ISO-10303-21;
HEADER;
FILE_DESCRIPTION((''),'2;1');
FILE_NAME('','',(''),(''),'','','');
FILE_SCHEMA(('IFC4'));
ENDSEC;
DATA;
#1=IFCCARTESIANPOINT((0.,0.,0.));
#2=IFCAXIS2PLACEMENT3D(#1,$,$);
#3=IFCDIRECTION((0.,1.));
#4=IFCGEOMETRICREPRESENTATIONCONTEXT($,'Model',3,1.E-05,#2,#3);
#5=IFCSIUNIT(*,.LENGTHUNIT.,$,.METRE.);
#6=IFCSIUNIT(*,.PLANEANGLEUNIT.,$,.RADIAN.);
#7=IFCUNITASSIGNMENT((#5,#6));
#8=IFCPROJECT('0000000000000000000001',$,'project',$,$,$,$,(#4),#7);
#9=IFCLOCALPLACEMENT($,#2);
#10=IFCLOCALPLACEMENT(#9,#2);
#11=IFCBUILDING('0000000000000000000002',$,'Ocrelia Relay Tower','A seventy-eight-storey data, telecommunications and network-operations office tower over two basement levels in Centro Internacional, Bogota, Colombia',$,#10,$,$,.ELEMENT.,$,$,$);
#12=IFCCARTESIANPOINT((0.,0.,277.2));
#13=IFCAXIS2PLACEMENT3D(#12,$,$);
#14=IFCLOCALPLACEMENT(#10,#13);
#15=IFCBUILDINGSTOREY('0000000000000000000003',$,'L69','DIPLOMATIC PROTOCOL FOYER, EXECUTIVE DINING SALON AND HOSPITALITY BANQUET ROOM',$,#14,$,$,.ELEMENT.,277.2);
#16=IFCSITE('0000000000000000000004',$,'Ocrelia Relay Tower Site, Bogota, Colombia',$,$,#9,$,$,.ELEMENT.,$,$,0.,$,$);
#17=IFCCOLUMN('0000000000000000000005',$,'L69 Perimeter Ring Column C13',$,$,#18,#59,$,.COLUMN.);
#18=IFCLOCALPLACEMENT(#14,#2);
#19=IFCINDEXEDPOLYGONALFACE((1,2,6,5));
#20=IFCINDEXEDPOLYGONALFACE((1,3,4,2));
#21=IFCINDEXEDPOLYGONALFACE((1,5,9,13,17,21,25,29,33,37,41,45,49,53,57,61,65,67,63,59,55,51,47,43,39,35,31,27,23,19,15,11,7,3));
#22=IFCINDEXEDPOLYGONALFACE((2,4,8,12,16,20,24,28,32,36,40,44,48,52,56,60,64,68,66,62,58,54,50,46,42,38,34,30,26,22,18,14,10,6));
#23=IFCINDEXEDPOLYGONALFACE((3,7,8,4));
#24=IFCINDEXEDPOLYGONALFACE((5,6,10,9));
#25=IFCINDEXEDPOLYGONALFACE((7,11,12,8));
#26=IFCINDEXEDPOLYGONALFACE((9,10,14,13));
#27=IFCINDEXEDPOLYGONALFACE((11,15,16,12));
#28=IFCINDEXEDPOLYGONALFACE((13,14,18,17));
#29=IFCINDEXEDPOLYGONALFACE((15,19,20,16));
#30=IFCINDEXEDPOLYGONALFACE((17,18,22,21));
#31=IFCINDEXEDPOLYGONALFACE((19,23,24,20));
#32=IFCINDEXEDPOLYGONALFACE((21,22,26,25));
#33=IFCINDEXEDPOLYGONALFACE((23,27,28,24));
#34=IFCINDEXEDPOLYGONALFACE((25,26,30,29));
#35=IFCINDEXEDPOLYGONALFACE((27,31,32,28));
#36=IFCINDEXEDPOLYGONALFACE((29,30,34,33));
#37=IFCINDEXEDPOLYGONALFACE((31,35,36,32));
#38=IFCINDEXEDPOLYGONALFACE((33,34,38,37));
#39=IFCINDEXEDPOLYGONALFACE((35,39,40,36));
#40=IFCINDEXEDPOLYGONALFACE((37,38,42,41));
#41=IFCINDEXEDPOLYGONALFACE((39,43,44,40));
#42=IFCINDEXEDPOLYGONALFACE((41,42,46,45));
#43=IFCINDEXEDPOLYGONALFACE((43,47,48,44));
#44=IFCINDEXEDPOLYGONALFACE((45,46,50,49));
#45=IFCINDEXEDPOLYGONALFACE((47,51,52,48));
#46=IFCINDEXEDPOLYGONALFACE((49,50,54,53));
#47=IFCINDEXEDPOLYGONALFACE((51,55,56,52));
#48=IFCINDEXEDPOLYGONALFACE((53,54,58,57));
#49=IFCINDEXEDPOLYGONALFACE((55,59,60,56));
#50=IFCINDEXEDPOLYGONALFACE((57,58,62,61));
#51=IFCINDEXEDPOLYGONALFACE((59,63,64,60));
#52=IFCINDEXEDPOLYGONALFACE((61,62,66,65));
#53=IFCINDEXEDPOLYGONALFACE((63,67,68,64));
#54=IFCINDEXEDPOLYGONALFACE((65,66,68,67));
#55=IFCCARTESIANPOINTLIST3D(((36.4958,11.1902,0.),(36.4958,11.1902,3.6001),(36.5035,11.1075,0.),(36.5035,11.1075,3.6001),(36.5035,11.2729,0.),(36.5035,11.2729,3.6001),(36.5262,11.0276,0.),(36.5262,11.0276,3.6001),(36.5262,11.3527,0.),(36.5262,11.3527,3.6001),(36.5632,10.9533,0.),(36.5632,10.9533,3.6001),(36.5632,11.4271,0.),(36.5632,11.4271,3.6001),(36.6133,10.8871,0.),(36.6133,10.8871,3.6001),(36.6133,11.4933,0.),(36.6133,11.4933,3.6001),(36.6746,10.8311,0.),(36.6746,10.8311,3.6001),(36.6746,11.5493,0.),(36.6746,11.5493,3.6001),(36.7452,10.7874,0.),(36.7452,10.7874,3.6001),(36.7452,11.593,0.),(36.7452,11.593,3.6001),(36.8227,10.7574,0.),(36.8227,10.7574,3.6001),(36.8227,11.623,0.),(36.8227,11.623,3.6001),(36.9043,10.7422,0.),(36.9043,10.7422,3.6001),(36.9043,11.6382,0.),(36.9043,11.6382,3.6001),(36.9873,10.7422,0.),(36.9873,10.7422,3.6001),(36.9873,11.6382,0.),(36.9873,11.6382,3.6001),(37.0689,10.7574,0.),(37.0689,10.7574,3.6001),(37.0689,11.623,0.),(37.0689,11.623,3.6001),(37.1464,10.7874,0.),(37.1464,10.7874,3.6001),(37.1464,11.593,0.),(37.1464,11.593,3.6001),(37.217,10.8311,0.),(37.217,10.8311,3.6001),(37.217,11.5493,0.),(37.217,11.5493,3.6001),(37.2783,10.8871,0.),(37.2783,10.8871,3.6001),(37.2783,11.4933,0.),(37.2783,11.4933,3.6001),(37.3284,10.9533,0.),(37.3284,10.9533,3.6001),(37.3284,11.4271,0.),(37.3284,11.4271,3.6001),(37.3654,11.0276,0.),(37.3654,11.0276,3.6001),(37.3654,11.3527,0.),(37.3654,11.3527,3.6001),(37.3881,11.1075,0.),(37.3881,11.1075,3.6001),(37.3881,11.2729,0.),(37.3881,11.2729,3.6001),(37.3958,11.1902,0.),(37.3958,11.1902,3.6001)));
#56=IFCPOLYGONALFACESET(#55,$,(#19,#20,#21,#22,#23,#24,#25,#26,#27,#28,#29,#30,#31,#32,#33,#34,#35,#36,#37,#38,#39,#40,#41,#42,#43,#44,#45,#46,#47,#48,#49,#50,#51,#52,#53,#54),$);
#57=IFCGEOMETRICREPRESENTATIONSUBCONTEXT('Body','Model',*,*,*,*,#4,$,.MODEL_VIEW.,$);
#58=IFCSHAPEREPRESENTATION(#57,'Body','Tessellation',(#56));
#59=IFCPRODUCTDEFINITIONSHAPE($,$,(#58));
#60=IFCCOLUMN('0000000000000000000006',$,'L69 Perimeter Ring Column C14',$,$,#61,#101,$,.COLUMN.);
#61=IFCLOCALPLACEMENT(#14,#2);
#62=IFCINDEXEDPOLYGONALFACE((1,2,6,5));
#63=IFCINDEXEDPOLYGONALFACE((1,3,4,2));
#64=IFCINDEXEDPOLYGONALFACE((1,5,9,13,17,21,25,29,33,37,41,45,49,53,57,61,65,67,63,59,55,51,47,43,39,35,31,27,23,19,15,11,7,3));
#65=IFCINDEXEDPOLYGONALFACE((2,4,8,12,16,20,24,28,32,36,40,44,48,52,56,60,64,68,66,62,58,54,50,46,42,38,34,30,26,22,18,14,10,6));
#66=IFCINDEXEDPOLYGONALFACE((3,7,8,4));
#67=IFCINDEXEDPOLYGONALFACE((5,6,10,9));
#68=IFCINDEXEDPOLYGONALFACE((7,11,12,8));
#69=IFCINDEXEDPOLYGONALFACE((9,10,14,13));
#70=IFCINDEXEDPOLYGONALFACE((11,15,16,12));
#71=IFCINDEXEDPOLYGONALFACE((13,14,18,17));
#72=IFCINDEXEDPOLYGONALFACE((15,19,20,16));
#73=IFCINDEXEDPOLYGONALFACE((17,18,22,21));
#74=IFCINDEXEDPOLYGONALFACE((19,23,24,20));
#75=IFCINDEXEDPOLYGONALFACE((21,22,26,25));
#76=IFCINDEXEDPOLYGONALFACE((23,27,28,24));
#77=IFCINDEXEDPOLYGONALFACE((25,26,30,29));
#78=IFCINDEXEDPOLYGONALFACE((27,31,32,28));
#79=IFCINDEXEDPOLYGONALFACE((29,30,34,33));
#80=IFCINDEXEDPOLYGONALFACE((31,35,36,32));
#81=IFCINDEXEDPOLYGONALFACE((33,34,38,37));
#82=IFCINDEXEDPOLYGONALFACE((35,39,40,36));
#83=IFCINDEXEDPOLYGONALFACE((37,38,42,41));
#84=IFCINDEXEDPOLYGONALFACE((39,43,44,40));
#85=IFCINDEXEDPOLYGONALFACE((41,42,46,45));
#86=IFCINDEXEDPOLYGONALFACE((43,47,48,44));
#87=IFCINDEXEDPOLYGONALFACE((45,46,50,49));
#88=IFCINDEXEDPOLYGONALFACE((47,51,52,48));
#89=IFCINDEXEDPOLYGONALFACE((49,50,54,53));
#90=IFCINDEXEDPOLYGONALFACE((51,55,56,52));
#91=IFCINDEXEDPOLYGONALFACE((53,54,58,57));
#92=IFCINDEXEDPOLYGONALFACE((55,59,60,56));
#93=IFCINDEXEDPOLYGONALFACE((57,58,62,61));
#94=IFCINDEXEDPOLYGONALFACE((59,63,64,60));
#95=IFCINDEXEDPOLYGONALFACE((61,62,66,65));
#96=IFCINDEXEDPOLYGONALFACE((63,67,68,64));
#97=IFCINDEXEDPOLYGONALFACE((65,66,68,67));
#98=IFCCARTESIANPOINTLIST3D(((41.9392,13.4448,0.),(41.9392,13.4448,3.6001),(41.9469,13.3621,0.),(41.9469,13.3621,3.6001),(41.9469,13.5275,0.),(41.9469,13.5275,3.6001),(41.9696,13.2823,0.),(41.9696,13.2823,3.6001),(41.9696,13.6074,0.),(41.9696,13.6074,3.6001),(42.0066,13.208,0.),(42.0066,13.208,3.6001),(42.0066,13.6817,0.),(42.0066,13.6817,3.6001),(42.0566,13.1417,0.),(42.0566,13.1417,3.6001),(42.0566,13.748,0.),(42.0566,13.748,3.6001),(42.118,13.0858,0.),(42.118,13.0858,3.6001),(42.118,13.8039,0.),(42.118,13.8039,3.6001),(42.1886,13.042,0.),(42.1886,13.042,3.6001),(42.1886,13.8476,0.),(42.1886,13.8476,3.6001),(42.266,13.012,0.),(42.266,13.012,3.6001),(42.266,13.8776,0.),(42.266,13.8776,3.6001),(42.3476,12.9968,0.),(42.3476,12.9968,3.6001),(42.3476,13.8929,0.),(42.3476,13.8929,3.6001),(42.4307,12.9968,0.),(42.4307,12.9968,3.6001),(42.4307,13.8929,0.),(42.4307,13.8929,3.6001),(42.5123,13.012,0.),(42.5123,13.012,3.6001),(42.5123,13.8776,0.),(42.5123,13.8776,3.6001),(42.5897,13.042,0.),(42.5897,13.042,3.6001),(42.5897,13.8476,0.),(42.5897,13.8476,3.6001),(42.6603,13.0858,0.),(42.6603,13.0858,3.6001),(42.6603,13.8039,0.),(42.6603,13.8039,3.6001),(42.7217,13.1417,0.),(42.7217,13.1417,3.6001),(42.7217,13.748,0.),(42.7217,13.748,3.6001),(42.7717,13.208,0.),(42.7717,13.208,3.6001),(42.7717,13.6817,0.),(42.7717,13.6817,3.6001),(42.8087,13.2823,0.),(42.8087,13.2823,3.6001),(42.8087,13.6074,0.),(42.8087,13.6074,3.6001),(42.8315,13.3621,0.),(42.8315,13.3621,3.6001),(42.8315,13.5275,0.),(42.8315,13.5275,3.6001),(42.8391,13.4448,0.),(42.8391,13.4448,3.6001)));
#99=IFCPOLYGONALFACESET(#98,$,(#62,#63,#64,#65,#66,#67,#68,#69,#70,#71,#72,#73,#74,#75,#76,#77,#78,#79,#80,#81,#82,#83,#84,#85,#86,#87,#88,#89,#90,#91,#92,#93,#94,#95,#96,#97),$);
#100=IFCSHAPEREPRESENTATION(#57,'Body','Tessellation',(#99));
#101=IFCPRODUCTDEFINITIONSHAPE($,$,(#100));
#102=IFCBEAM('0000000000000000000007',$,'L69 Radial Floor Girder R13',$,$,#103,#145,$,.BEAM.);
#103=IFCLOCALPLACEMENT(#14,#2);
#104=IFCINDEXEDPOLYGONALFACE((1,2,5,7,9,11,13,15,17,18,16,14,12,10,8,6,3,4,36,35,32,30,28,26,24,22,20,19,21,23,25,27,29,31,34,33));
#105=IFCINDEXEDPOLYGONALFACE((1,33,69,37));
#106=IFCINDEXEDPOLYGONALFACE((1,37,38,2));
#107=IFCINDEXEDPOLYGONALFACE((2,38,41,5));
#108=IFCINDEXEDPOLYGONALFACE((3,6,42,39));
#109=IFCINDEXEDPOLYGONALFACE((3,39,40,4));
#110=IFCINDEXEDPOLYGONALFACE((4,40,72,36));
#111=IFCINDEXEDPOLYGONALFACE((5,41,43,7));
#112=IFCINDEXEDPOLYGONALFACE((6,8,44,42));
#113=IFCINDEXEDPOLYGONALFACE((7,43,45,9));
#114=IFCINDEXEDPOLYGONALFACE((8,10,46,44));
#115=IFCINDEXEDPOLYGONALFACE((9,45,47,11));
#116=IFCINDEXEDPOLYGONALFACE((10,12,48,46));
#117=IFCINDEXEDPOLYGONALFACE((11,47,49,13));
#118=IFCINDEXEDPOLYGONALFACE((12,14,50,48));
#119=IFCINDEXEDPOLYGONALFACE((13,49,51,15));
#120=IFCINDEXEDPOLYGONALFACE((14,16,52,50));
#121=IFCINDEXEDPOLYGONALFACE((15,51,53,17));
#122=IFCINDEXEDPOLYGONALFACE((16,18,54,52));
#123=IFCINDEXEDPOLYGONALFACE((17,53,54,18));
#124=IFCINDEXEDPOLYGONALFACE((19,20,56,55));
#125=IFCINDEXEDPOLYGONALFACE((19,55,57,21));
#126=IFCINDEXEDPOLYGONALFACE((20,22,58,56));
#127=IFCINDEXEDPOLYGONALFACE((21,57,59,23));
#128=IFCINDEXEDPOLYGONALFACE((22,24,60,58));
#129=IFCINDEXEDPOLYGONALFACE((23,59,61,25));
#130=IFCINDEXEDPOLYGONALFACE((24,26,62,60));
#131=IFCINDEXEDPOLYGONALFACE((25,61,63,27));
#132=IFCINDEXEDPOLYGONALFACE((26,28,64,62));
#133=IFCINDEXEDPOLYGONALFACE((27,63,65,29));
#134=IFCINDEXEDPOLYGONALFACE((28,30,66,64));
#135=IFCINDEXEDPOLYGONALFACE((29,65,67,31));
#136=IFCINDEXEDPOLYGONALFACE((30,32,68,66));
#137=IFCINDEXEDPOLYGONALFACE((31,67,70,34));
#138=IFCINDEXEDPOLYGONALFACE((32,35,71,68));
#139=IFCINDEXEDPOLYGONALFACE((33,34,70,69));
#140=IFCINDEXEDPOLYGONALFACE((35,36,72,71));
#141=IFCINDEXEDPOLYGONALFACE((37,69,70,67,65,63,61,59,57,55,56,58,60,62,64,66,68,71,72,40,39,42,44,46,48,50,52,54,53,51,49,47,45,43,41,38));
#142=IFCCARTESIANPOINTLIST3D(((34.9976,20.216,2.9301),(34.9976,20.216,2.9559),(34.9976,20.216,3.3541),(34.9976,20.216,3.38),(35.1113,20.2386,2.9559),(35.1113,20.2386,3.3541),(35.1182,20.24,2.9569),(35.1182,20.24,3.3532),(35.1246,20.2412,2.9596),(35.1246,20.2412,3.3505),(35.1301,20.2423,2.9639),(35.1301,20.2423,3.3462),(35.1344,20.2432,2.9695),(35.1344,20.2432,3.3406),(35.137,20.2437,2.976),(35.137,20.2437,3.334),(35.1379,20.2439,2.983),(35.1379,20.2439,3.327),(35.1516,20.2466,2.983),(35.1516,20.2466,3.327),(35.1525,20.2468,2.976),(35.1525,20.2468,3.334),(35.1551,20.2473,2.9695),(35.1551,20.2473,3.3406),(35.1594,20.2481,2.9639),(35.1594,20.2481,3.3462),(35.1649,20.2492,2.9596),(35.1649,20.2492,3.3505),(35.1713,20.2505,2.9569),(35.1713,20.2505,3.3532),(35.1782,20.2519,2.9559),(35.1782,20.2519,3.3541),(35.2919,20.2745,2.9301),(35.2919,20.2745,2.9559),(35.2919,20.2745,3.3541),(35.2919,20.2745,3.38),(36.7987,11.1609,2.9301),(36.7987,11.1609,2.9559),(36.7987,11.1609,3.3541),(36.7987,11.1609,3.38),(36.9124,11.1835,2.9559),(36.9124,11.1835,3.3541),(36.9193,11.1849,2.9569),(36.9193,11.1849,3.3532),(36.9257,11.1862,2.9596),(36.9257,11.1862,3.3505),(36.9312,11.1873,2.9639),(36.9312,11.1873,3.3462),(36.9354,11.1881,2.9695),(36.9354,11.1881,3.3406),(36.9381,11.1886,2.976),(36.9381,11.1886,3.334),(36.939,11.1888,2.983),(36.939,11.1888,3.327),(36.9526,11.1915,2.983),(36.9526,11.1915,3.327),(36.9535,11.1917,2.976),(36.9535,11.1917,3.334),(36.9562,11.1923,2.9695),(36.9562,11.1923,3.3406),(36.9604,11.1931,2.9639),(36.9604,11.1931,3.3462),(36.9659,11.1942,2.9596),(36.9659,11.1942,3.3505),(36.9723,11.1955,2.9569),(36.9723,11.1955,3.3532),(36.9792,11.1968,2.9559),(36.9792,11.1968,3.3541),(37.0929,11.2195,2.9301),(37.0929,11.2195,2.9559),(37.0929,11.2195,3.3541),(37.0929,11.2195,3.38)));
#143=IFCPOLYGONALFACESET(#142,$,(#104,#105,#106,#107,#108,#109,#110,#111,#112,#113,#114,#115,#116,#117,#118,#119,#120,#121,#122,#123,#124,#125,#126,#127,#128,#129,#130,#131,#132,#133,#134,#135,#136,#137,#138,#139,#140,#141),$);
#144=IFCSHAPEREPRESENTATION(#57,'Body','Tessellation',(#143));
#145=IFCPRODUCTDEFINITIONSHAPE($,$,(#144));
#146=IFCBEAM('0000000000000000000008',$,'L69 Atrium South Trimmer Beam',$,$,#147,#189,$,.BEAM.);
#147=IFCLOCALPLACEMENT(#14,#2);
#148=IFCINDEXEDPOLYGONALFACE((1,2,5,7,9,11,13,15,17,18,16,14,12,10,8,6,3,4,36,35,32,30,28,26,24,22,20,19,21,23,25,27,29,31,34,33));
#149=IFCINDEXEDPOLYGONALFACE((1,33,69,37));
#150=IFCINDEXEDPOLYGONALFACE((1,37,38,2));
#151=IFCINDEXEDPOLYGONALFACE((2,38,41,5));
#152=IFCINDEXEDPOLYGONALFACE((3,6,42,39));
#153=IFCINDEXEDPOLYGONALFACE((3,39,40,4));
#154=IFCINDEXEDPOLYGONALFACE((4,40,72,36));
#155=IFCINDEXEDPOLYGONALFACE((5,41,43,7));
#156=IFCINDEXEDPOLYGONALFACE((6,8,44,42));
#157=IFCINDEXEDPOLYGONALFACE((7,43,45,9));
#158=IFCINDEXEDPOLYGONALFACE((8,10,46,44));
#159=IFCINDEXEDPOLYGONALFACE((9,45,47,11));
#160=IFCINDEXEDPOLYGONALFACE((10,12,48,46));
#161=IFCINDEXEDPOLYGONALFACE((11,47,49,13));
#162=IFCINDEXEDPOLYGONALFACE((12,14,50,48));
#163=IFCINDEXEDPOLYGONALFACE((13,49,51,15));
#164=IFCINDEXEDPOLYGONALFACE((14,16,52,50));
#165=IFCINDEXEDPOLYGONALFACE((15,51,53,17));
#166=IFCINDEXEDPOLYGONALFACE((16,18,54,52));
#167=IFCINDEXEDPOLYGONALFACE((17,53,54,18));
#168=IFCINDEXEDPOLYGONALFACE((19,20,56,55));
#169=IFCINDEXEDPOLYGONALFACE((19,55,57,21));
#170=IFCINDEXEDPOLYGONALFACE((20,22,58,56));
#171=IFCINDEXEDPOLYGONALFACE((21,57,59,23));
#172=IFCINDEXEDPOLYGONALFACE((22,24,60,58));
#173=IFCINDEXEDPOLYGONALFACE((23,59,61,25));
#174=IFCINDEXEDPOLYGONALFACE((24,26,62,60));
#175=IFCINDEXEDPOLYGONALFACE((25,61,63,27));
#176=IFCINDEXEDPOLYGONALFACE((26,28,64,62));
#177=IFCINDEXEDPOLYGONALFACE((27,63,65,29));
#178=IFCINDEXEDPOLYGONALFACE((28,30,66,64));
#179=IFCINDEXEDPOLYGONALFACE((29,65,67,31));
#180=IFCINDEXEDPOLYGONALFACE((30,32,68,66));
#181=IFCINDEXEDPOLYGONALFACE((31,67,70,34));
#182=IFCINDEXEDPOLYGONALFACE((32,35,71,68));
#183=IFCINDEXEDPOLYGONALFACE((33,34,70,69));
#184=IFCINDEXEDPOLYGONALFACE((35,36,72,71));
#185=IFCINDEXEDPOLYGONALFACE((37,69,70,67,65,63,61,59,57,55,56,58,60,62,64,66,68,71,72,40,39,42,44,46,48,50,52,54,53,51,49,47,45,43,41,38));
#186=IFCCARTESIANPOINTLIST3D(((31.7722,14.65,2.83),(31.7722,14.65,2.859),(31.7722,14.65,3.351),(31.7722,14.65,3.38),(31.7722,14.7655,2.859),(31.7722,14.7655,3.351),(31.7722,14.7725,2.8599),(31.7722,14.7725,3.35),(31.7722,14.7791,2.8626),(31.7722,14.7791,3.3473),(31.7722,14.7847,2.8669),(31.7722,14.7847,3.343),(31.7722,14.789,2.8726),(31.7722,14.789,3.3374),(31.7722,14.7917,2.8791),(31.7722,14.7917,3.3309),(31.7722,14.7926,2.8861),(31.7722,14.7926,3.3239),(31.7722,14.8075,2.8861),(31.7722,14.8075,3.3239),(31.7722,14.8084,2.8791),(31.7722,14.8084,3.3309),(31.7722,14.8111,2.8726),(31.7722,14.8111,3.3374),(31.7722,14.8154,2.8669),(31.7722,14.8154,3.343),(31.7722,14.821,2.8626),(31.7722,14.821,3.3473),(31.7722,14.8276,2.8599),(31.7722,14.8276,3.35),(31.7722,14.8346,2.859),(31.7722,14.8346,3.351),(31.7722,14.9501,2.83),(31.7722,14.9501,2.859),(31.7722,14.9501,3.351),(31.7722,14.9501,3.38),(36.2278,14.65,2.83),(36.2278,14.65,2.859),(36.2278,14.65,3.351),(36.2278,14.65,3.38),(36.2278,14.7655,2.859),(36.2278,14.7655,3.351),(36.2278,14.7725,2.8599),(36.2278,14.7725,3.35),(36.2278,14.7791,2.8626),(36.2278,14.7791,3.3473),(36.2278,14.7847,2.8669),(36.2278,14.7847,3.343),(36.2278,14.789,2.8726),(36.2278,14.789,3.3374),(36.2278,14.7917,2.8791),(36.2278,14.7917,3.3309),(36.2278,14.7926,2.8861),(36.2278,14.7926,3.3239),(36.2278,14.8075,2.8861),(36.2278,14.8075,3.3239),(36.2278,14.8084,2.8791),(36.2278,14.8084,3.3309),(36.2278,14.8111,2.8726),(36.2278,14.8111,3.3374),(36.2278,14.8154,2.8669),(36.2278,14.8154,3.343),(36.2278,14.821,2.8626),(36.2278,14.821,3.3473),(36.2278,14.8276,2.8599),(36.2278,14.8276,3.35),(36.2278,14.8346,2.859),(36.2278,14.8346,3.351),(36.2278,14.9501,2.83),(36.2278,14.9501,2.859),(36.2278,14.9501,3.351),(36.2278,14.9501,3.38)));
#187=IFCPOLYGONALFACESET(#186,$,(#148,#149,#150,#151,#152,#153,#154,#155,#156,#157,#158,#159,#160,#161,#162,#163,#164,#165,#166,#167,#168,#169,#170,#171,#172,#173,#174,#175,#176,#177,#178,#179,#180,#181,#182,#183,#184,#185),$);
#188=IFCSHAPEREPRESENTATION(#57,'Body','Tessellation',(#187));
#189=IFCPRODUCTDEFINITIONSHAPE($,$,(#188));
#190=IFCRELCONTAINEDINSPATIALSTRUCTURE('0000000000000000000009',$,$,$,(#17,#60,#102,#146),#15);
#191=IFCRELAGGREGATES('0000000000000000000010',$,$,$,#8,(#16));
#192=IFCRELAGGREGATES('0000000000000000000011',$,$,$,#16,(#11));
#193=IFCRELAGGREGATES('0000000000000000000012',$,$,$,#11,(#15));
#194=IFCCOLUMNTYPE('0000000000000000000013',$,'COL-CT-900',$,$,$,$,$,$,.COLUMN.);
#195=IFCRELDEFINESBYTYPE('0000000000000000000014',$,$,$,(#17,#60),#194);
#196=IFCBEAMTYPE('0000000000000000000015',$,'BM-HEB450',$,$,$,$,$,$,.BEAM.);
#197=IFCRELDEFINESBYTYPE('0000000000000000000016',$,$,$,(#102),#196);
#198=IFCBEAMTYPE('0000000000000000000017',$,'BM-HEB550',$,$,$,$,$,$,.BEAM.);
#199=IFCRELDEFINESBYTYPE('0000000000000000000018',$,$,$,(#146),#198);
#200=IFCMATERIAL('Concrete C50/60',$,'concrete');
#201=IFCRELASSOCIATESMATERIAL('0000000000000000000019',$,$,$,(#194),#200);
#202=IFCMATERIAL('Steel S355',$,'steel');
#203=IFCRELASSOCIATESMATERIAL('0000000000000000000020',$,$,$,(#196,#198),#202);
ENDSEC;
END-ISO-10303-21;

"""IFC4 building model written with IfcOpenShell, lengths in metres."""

from ifc_helpers import new_model, si_unit, direction, frame, origin, origin_2d, place, context, subcontext, project, spatial, circle, i_section, extrude, material, material_profile, profile_set, type_object, element, save


model = new_model("IFC4")

# Units and contexts
model_context = context("Model", 3, precision=1e-05, world=origin(), true_north=direction((0.0, 1.0)))
body_context = subcontext(model_context, "Body", "Model", "MODEL_VIEW")
ifc_project = project(units=[si_unit("LENGTHUNIT", "METRE"), si_unit("PLANEANGLEUNIT", "RADIAN")], contexts=[model_context])

# Site, building, storey
site_placement = place(None, origin())
site = spatial("IfcSite", under=ifc_project, at=site_placement, Name="Ocrelia Relay Tower Site, Bogota, Colombia", CompositionType="ELEMENT", RefElevation=0.0)
building_placement = place(site_placement, origin())
building = spatial("IfcBuilding", under=site, at=building_placement, Name="Ocrelia Relay Tower", Description="A seventy-eight-storey data, telecommunications and network-operations office tower over two basement levels in Centro Internacional, Bogota, Colombia", CompositionType="ELEMENT")
storey_placement = place(building_placement, frame((0.0, 0.0, 277.2)))
storey = spatial("IfcBuildingStorey", under=building, at=storey_placement, Name="L69", Description="DIPLOMATIC PROTOCOL FOYER, EXECUTIVE DINING SALON AND HOSPITALITY BANQUET ROOM", CompositionType="ELEMENT", Elevation=277.2)

# Columns
ifc_material_1 = material(Name="Concrete C50/60", Category="concrete")
ifc_material_profile_1 = material_profile(ifc_material_1, circle(Radius=0.45, at=origin_2d()), Name="RC-CIR-900")
ifc_profile_set_1 = profile_set([ifc_material_profile_1], Name="Concrete C50/60")
column_type = type_object("IfcColumnType", Name="COL-CT-900", PredefinedType="COLUMN", material=ifc_profile_set_1)
for number, where, z_axis, x_axis, name in (
    (1, (36.9458, 11.1902, 0.0), (0.0, 0.0, 1.0), (1.0, 0.0, 0.0), "L69 Perimeter Ring Column C13"),
    (2, (42.3892, 13.4448, 0.0), (0.0, 0.0, 1.0), (1.0, 0.0, 0.0), "L69 Perimeter Ring Column C14"),
):
    element("IfcColumn", number, at=place(storey_placement, frame(where, z_axis=z_axis, x_axis=x_axis)), inside=storey, type_object=column_type, Name=name, PredefinedType="COLUMN", context=body_context, shape_type="SweptSolid", body=[
        extrude(circle(Radius=0.45, at=origin_2d()), origin(), (0.0, 0.0, 1.0), 3.6001),
    ])

# Beams
ifc_material_2 = material(Name="Steel S355", Category="steel")
ifc_material_profile_2 = material_profile(ifc_material_2, i_section(OverallWidth=0.3, OverallDepth=0.45, WebThickness=0.0139, FlangeThickness=0.0259, FilletRadius=0.0271, at=origin_2d()), Name="HEB 450")
ifc_profile_set_2 = profile_set([ifc_material_profile_2], Name="Steel S355")
beam_type_1 = type_object("IfcBeamType", Name="BM-HEB450", PredefinedType="BEAM", material=ifc_profile_set_2)
beam_1_placement = place(storey_placement, frame((36.9458, 11.1902, 3.155), z_axis=(-0.195079, 0.980788, 0.0), x_axis=(-0.980788, -0.195079, 0.0)))
element("IfcBeam", 3, at=beam_1_placement, inside=storey, type_object=beam_type_1, Name="L69 Radial Floor Girder R13", PredefinedType="BEAM", context=body_context, shape_type="SweptSolid", body=[
    extrude(i_section(OverallWidth=0.3, OverallDepth=0.45, WebThickness=0.0139, FlangeThickness=0.0259, FilletRadius=0.0271, at=origin_2d()), origin(), (0.0, 0.0, 1.0), 9.2324),
])
ifc_material_profile_3 = material_profile(ifc_material_2, i_section(OverallWidth=0.3, OverallDepth=0.55, WebThickness=0.0149, FlangeThickness=0.0291, FilletRadius=0.0271, at=origin_2d()), Name="HEB 550")
ifc_profile_set_3 = profile_set([ifc_material_profile_3], Name="Steel S355")
beam_type_2 = type_object("IfcBeamType", Name="BM-HEB550", PredefinedType="BEAM", material=ifc_profile_set_3)
beam_2_placement = place(storey_placement, frame((31.7722, 14.8, 3.105), z_axis=(1.0, 0.0, 0.0), x_axis=(0.0, 1.0, 0.0)))
element("IfcBeam", 4, at=beam_2_placement, inside=storey, type_object=beam_type_2, Name="L69 Atrium South Trimmer Beam", PredefinedType="BEAM", context=body_context, shape_type="SweptSolid", body=[
    extrude(i_section(OverallWidth=0.3, OverallDepth=0.55, WebThickness=0.0149, FlangeThickness=0.0291, FilletRadius=0.0271, at=origin_2d()), origin(), (0.0, 0.0, 1.0), 4.4556),
])

save(model, "model.ifc")
